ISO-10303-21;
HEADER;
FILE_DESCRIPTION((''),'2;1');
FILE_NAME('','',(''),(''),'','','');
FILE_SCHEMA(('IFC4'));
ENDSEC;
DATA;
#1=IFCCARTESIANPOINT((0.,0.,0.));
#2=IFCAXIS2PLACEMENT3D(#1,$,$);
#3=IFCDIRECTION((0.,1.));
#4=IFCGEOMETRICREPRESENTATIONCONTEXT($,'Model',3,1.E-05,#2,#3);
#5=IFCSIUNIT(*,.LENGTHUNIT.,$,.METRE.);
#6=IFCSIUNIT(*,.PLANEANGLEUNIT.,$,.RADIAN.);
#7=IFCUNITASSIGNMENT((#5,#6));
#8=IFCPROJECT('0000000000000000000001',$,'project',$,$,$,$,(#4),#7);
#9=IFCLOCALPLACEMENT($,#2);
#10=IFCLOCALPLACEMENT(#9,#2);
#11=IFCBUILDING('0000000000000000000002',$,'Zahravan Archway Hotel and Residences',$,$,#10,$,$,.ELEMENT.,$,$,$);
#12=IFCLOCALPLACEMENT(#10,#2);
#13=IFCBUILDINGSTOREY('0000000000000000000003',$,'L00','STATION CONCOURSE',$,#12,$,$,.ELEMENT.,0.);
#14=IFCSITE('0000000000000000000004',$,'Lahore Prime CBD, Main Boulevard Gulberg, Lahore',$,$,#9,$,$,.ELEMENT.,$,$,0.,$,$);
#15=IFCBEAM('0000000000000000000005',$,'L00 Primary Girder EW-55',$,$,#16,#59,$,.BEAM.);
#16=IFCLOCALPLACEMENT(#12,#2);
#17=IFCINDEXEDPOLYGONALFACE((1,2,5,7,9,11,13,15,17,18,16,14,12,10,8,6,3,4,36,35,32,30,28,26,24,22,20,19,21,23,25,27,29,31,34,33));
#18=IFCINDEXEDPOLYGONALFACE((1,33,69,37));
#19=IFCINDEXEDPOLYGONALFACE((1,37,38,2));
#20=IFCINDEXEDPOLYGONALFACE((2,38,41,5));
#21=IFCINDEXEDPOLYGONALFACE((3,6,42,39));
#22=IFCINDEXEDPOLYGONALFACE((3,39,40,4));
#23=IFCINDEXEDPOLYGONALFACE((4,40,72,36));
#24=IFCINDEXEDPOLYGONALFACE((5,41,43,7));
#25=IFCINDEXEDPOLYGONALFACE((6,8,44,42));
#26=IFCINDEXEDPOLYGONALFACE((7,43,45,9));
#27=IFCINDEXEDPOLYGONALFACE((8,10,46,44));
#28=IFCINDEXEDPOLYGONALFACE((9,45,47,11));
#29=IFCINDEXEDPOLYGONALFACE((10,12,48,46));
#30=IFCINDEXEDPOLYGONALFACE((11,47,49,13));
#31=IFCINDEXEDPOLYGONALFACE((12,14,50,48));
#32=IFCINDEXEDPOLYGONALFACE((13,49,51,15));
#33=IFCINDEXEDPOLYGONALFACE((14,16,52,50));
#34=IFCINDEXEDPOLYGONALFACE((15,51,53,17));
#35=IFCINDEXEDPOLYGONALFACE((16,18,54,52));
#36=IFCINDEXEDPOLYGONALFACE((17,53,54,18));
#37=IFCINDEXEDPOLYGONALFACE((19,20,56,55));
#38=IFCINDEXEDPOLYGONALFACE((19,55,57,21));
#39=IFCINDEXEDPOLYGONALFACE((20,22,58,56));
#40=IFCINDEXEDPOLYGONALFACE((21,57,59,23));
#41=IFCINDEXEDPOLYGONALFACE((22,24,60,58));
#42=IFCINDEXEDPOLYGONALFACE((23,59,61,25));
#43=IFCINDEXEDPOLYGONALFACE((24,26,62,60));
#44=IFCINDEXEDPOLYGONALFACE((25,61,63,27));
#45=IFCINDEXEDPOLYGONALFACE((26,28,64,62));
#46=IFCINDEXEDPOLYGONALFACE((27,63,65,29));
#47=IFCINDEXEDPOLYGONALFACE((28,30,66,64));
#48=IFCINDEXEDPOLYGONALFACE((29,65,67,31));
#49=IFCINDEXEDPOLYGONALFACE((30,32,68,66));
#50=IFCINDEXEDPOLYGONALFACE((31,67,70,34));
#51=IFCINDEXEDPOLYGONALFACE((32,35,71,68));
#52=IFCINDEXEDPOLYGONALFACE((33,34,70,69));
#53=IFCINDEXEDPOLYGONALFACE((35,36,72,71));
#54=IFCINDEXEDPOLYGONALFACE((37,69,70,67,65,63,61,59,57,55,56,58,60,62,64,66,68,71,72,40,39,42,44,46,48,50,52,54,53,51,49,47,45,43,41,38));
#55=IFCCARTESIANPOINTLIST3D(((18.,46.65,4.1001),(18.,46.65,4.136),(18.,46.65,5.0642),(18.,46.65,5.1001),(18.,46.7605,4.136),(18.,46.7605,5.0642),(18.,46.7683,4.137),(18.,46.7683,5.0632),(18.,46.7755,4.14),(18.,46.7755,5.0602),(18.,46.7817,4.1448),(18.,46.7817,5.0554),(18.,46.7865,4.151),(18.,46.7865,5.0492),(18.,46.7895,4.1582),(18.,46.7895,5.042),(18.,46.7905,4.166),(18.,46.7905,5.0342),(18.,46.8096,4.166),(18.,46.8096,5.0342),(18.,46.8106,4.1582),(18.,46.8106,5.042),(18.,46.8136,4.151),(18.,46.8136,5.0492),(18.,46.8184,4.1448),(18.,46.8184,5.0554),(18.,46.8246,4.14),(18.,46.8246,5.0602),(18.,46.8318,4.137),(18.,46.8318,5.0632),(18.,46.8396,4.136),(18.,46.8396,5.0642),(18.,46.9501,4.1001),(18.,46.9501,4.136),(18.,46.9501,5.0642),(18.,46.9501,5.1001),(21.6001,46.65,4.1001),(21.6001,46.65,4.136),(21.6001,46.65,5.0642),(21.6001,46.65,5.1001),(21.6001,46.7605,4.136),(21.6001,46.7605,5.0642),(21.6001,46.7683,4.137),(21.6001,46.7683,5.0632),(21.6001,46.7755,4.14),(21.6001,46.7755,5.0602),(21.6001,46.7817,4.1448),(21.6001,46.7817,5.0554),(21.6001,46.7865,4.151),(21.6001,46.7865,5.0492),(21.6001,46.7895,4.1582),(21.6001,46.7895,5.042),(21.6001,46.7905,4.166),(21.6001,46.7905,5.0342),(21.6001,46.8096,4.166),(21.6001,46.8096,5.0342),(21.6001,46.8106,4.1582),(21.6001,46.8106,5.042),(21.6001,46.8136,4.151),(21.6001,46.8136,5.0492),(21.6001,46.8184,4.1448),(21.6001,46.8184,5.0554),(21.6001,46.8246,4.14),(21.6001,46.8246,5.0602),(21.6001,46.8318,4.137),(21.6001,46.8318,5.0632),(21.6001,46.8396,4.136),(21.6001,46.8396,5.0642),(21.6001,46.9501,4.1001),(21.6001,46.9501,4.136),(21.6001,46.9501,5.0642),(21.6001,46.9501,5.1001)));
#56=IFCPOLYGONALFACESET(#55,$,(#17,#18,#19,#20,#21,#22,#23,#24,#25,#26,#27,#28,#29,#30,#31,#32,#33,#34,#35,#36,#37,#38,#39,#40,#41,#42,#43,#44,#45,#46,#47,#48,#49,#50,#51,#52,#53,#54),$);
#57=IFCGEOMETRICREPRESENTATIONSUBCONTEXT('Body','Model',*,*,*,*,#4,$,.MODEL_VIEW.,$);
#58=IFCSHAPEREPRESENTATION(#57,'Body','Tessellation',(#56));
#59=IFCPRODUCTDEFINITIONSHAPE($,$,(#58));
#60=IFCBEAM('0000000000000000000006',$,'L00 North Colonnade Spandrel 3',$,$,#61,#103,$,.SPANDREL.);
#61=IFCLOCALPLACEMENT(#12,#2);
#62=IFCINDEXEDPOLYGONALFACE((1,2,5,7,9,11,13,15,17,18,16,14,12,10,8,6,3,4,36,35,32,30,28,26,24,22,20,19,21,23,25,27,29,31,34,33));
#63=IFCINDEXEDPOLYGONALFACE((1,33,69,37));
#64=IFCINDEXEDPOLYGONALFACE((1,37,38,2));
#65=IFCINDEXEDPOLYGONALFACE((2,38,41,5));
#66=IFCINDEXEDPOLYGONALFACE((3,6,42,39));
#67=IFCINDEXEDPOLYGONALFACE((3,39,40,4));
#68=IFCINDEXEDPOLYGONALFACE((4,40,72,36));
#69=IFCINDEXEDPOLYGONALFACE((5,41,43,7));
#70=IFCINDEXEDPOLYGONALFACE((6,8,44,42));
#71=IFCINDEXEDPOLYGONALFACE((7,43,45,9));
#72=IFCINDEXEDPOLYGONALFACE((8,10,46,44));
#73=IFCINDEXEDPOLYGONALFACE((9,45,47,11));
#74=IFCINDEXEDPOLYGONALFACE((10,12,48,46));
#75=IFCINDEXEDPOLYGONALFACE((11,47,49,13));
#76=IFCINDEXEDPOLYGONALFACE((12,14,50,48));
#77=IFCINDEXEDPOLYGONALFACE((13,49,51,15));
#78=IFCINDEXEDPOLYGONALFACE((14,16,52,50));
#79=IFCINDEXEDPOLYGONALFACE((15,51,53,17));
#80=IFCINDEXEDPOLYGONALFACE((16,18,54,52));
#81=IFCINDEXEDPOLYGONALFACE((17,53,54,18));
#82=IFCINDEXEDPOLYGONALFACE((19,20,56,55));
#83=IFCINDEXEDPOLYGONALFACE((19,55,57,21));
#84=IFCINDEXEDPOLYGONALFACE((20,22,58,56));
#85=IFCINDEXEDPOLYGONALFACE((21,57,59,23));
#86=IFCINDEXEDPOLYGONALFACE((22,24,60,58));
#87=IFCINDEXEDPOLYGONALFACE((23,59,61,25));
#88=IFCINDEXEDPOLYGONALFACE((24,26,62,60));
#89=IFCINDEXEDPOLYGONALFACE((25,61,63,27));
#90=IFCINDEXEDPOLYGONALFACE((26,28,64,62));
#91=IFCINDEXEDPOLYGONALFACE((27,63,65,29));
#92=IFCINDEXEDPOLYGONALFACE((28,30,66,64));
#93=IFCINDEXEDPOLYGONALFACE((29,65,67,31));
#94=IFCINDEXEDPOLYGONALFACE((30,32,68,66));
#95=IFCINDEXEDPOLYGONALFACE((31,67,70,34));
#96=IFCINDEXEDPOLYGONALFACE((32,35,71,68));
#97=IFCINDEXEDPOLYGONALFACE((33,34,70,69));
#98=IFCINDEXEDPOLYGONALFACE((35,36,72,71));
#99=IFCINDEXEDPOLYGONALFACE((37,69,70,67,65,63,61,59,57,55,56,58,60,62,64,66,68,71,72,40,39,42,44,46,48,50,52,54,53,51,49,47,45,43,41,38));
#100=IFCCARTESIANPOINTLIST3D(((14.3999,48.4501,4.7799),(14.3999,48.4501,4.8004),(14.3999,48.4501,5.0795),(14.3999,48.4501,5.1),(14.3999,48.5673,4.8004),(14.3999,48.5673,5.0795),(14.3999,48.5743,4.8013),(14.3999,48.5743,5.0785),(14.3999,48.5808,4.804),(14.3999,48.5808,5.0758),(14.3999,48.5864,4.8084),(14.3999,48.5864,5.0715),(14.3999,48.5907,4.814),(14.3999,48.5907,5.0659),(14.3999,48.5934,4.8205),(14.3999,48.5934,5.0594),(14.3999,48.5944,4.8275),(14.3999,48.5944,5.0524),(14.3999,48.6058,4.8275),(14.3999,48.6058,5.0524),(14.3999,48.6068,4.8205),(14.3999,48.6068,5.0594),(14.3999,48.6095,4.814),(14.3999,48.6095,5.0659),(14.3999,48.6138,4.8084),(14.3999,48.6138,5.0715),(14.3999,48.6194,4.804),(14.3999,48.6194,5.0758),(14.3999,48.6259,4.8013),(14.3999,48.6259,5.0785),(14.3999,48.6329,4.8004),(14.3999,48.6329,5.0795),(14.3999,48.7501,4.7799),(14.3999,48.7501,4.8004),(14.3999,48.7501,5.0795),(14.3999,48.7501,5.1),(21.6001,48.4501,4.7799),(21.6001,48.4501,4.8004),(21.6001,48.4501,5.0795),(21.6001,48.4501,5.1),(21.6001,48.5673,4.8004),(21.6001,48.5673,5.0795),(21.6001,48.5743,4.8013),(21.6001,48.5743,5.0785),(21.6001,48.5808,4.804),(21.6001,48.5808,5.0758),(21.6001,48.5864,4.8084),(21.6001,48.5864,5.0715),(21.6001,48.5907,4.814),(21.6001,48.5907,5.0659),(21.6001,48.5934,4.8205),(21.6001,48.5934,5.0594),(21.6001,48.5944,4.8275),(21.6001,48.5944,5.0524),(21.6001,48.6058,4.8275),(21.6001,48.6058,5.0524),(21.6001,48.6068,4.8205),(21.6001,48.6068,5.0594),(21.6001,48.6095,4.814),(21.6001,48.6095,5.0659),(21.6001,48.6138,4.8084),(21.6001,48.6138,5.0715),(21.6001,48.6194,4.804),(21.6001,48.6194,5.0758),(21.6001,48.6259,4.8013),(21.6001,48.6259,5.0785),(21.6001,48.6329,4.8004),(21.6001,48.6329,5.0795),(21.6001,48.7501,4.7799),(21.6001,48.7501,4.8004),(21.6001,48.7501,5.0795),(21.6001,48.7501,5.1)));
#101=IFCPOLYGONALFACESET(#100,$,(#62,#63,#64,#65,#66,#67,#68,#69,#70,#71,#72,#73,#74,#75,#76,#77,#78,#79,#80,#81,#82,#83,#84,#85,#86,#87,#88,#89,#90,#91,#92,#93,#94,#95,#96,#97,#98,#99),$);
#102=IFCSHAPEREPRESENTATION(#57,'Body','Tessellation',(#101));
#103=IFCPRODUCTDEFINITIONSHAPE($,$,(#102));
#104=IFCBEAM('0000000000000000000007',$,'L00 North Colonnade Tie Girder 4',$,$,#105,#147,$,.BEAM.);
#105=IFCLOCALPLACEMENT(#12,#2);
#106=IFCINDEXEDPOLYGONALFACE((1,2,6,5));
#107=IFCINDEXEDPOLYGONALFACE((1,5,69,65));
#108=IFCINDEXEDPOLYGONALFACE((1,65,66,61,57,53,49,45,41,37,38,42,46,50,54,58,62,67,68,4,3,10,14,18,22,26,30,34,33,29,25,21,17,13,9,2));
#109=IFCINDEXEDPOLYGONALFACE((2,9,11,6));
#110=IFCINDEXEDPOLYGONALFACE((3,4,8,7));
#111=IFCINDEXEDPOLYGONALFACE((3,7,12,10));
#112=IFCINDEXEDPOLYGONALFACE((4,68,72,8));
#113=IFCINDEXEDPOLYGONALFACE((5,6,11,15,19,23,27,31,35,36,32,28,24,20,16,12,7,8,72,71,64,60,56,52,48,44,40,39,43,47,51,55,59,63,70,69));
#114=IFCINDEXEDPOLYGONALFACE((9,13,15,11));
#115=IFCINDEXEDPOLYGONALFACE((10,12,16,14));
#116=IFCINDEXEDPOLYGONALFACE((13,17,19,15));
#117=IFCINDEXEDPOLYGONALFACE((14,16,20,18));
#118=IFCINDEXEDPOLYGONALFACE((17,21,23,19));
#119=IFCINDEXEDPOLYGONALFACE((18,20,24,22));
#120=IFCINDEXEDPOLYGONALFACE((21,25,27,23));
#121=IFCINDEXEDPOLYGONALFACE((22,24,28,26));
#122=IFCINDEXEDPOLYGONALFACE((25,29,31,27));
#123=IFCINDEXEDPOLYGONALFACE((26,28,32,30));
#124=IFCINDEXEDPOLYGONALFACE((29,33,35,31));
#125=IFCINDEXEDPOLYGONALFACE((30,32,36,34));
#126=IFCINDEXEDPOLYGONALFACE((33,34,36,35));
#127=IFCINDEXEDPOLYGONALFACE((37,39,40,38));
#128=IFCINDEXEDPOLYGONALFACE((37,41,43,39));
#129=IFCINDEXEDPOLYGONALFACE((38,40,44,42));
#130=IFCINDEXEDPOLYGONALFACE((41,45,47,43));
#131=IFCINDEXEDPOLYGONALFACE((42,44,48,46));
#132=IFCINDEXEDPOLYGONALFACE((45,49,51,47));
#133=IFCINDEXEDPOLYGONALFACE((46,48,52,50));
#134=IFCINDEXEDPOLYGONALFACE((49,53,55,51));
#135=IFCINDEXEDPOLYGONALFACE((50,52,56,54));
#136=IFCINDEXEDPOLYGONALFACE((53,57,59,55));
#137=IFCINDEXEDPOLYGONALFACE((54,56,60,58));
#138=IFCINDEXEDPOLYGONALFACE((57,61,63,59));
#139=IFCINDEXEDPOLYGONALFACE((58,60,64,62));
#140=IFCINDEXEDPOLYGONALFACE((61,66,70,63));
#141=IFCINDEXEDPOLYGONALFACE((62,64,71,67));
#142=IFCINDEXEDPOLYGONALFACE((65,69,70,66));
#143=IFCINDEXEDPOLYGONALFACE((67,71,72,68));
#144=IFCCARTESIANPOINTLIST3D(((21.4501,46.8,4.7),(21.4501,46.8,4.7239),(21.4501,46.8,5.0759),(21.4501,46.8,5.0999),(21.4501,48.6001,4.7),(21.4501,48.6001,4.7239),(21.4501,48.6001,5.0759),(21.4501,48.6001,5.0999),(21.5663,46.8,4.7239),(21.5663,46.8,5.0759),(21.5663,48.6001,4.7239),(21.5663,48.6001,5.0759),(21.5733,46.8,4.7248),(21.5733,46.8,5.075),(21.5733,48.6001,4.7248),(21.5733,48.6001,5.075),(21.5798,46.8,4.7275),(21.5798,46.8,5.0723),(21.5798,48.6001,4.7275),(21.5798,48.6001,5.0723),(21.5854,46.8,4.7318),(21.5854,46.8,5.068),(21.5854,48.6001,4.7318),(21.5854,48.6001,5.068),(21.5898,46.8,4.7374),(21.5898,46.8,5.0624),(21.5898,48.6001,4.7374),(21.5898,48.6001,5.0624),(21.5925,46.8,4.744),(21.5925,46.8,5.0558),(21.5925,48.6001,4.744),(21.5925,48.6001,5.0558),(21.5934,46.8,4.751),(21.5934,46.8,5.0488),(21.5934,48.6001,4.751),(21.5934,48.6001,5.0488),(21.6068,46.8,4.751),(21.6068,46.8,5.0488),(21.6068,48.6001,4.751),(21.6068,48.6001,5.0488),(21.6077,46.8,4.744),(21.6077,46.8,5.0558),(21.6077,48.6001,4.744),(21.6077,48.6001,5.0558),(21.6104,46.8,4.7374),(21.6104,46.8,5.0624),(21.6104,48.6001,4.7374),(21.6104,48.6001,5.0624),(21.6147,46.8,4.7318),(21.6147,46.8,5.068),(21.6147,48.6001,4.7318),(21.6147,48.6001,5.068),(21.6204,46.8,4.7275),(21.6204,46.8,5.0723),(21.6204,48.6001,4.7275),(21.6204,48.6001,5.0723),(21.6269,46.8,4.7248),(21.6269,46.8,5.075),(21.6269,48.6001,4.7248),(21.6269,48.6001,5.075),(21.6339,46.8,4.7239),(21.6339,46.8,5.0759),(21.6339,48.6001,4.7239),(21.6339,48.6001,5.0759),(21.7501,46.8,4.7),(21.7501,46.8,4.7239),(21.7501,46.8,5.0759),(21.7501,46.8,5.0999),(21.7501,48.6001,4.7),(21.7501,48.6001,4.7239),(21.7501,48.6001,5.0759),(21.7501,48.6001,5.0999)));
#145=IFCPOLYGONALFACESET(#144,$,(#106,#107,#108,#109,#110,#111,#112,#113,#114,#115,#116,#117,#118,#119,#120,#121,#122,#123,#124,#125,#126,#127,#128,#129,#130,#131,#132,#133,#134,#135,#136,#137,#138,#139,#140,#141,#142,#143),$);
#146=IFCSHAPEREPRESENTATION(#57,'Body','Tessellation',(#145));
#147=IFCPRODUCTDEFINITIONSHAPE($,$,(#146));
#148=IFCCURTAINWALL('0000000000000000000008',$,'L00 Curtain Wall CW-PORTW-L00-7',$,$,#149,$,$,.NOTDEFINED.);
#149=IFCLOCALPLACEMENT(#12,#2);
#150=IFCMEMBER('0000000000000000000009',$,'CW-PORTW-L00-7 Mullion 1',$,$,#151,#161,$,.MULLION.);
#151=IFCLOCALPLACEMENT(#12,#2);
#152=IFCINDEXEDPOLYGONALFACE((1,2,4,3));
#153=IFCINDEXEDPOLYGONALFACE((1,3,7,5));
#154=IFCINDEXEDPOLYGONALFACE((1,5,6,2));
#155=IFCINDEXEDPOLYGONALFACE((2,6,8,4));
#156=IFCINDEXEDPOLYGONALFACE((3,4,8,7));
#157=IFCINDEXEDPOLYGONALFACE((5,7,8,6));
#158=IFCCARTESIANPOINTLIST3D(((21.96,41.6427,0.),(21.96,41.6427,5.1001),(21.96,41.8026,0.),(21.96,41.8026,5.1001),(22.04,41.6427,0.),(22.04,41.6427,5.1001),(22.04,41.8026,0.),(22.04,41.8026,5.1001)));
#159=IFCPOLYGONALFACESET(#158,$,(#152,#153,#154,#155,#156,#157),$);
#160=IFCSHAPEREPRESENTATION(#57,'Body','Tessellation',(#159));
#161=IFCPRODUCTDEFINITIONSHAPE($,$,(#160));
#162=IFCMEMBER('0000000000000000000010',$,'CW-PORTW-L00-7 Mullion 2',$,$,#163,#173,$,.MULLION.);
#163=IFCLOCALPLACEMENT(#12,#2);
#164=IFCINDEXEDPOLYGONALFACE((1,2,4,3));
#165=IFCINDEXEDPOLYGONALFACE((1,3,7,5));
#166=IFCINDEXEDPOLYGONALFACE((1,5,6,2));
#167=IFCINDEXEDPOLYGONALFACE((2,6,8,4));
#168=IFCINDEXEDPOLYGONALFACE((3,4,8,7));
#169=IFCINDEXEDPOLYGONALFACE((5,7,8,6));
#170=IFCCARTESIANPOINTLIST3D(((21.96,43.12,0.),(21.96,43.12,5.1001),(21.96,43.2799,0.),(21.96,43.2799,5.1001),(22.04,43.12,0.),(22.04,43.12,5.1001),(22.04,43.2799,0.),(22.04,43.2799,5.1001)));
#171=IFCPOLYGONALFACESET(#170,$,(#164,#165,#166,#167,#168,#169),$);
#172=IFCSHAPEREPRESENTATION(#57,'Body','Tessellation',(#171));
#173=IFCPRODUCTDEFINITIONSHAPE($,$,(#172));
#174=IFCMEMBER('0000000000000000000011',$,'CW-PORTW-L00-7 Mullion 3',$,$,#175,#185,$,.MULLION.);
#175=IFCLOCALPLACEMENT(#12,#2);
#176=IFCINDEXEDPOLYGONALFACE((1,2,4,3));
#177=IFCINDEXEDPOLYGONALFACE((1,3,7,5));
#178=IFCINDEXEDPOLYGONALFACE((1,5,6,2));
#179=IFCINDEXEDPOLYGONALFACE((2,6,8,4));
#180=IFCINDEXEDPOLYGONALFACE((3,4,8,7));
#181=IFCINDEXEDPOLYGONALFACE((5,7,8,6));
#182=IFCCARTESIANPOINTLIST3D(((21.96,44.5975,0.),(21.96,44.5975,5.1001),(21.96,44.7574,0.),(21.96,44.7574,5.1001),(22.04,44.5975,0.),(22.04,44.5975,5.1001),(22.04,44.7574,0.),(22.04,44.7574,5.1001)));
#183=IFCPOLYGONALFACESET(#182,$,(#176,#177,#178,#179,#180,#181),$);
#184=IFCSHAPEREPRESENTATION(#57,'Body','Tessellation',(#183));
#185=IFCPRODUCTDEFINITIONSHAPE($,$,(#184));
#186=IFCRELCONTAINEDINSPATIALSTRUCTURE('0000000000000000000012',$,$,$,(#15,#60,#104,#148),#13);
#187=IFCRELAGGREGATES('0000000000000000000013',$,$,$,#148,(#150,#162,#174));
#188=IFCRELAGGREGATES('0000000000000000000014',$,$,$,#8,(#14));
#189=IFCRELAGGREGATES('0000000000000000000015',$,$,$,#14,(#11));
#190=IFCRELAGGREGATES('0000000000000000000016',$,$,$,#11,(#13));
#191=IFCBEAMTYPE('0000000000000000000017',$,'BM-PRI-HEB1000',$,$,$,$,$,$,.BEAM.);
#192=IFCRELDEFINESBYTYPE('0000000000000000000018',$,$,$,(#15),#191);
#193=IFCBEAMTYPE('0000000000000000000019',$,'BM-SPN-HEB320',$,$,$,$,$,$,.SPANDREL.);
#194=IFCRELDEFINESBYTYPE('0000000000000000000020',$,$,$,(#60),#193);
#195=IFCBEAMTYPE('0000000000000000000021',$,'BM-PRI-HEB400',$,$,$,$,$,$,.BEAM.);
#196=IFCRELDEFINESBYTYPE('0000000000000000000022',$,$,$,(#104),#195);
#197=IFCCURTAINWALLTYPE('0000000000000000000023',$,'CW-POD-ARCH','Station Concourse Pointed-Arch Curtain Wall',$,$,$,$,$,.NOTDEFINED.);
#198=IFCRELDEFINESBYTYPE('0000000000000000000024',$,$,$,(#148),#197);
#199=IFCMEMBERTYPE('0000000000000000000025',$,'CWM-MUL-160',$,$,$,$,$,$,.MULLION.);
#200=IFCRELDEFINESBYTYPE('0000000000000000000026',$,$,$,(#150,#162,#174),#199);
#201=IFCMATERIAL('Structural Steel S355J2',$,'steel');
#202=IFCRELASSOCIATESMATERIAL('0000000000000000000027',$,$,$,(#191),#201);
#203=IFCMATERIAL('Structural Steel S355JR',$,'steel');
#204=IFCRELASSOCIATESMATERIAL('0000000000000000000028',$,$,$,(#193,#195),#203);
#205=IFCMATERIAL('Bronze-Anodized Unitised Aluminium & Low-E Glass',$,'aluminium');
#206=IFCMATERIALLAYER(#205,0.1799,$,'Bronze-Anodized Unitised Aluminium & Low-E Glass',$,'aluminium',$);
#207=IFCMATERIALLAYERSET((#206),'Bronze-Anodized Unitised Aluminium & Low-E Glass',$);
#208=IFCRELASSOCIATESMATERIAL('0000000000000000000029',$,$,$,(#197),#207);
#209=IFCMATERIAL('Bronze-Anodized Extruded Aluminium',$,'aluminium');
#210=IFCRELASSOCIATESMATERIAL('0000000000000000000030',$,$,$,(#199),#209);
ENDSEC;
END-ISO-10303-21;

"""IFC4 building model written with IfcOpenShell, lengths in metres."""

from ifc_helpers import new_model, si_unit, direction, frame, origin, origin_2d, place, context, subcontext, project, spatial, rectangle, i_section, extrude, source, transform, mapped, material, layer, layer_set, material_profile, profile_set, type_object, element, aggregate, save


model = new_model("IFC4")

# Units and contexts
model_context = context("Model", 3, precision=1e-05, world=origin(), true_north=direction((0.0, 1.0)))
body_context = subcontext(model_context, "Body", "Model", "MODEL_VIEW")
ifc_project = project(units=[si_unit("LENGTHUNIT", "METRE"), si_unit("PLANEANGLEUNIT", "RADIAN")], contexts=[model_context])

# Site, building, storey
site_placement = place(None, origin())
site = spatial("IfcSite", under=ifc_project, at=site_placement, Name="Lahore Prime CBD, Main Boulevard Gulberg, Lahore", CompositionType="ELEMENT", RefElevation=0.0)
building_placement = place(site_placement, origin())
building = spatial("IfcBuilding", under=site, at=building_placement, Name="Zahravan Archway Hotel and Residences", CompositionType="ELEMENT")
storey_placement = place(building_placement, origin())
storey = spatial("IfcBuildingStorey", under=building, at=storey_placement, Name="L00", Description="STATION CONCOURSE", CompositionType="ELEMENT", Elevation=0.0)

# Beams
ifc_material_1 = material(Name="Structural Steel S355J2", Category="steel")
ifc_material_profile_1 = material_profile(ifc_material_1, i_section(OverallWidth=0.3, OverallDepth=1.0, WebThickness=0.019, FlangeThickness=0.0359, FilletRadius=0.03, at=origin_2d()), Name="HEB 1000", Category="steel")
ifc_profile_set_1 = profile_set([ifc_material_profile_1], Name="Structural Steel S355J2")
beam_type_1 = type_object("IfcBeamType", Name="BM-PRI-HEB1000", PredefinedType="BEAM", material=ifc_profile_set_1)
shared_shape_1 = source(origin(), body_context, "Body", "SweptSolid", [
    extrude(i_section(OverallWidth=0.3, OverallDepth=1.0, WebThickness=0.019, FlangeThickness=0.0359, FilletRadius=0.03, at=origin_2d()), origin(), (0.0, 0.0, 1.0), 3.6001),
])
beam_1_placement = place(storey_placement, frame((18.0, 46.8, 4.6001), z_axis=(1.0, 0.0, 0.0), x_axis=(0.0, 1.0, 0.0)))
element("IfcBeam", 1, at=beam_1_placement, inside=storey, type_object=beam_type_1, Name="L00 Primary Girder EW-55", PredefinedType="BEAM", context=body_context, shape_type="MappedRepresentation", body=[
    mapped(shared_shape_1, transform((0.0, 0.0, 0.0), scale=1.0)),
])
ifc_material_2 = material(Name="Structural Steel S355JR", Category="steel")
ifc_material_profile_2 = material_profile(ifc_material_2, i_section(OverallWidth=0.3, OverallDepth=0.3201, WebThickness=0.0115, FlangeThickness=0.0205, FilletRadius=0.0271, at=origin_2d()), Name="HEB 320", Category="steel")
ifc_profile_set_2 = profile_set([ifc_material_profile_2], Name="Structural Steel S355JR")
beam_type_2 = type_object("IfcBeamType", Name="BM-SPN-HEB320", PredefinedType="SPANDREL", material=ifc_profile_set_2)
shared_shape_2 = source(origin(), body_context, "Body", "SweptSolid", [
    extrude(i_section(OverallWidth=0.3, OverallDepth=0.3201, WebThickness=0.0115, FlangeThickness=0.0205, FilletRadius=0.0271, at=origin_2d()), origin(), (0.0, 0.0, 1.0), 7.2002),
])
beam_2_placement = place(storey_placement, frame((14.3999, 48.6001, 4.9399), z_axis=(1.0, 0.0, 0.0), x_axis=(0.0, 1.0, 0.0)))
element("IfcBeam", 2, at=beam_2_placement, inside=storey, type_object=beam_type_2, Name="L00 North Colonnade Spandrel 3", PredefinedType="SPANDREL", context=body_context, shape_type="MappedRepresentation", body=[
    mapped(shared_shape_2, transform((0.0, 0.0, 0.0), scale=1.0)),
])
ifc_material_profile_3 = material_profile(ifc_material_2, i_section(OverallWidth=0.3, OverallDepth=0.3999, WebThickness=0.0134, FlangeThickness=0.0239, FilletRadius=0.0271, at=origin_2d()), Name="HEB 400", Category="steel")
ifc_profile_set_3 = profile_set([ifc_material_profile_3], Name="Structural Steel S355JR")
beam_type_3 = type_object("IfcBeamType", Name="BM-PRI-HEB400", PredefinedType="BEAM", material=ifc_profile_set_3)
shared_shape_3 = source(origin(), body_context, "Body", "SweptSolid", [
    extrude(i_section(OverallWidth=0.3, OverallDepth=0.3999, WebThickness=0.0134, FlangeThickness=0.0239, FilletRadius=0.0271, at=origin_2d()), origin(), (0.0, 0.0, 1.0), 1.8),
])
beam_3_placement = place(storey_placement, frame((21.6001, 46.8, 4.8999), z_axis=(0.0, 1.0, 0.0), x_axis=(-1.0, 0.0, 0.0)))
element("IfcBeam", 3, at=beam_3_placement, inside=storey, type_object=beam_type_3, Name="L00 North Colonnade Tie Girder 4", PredefinedType="BEAM", context=body_context, shape_type="MappedRepresentation", body=[
    mapped(shared_shape_3, transform((0.0, 0.0, 0.0), scale=1.0)),
])

# Curtain wall, members
ifc_material_3 = material(Name="Bronze-Anodized Unitised Aluminium & Low-E Glass", Category="aluminium")
ifc_layer_1 = layer(ifc_material_3, 0.1799, Name="Bronze-Anodized Unitised Aluminium & Low-E Glass", Category="aluminium")
ifc_layer_set_1 = layer_set([ifc_layer_1], Name="Bronze-Anodized Unitised Aluminium & Low-E Glass")
curtain_wall_type = type_object("IfcCurtainWallType", Name="CW-POD-ARCH", Description="Station Concourse Pointed-Arch Curtain Wall", PredefinedType="NOTDEFINED", material=ifc_layer_set_1)
curtain_wall_placement = place(storey_placement, origin())
curtain_wall = element("IfcCurtainWall", 4, at=curtain_wall_placement, inside=storey, type_object=curtain_wall_type, Name="L00 Curtain Wall CW-PORTW-L00-7", PredefinedType="NOTDEFINED")
ifc_material_4 = material(Name="Bronze-Anodized Extruded Aluminium", Category="aluminium")
ifc_material_profile_4 = material_profile(ifc_material_4, rectangle(XDim=0.0801, YDim=0.1599, at=origin_2d()), Name="MUL 80x160", Category="aluminium")
ifc_profile_set_4 = profile_set([ifc_material_profile_4], Name="Bronze-Anodized Extruded Aluminium")
member_type_1 = type_object("IfcMemberType", Name="CWM-MUL-160", PredefinedType="MULLION", material=ifc_profile_set_4)
shared_shape_4 = source(origin(), body_context, "Body", "SweptSolid", [
    extrude(rectangle(XDim=0.0801, YDim=0.1599, at=origin_2d()), origin(), (0.0, 0.0, 1.0), 5.1001),
])
member_1_placement = place(storey_placement, frame((22.0, 41.7227, 0.0), z_axis=(0.0, 0.0, 1.0), x_axis=(1.0, 0.0, 0.0)))
member_1 = element("IfcMember", 5, at=member_1_placement, type_object=member_type_1, Name="CW-PORTW-L00-7 Mullion 1", PredefinedType="MULLION", context=body_context, shape_type="MappedRepresentation", body=[
    mapped(shared_shape_4, transform((0.0, 0.0, 0.0), scale=1.0)),
])
member_2_placement = place(storey_placement, frame((22.0, 43.2, 0.0), z_axis=(0.0, 0.0, 1.0), x_axis=(1.0, 0.0, 0.0)))
member_2 = element("IfcMember", 6, at=member_2_placement, type_object=member_type_1, Name="CW-PORTW-L00-7 Mullion 2", PredefinedType="MULLION", context=body_context, shape_type="MappedRepresentation", body=[
    mapped(shared_shape_4, transform((0.0, 0.0, 0.0), scale=1.0)),
])
member_3_placement = place(storey_placement, frame((22.0, 44.6775, 0.0), z_axis=(0.0, 0.0, 1.0), x_axis=(1.0, 0.0, 0.0)))
member_3 = element("IfcMember", 7, at=member_3_placement, type_object=member_type_1, Name="CW-PORTW-L00-7 Mullion 3", PredefinedType="MULLION", context=body_context, shape_type="MappedRepresentation", body=[
    mapped(shared_shape_4, transform((0.0, 0.0, 0.0), scale=1.0)),
])
aggregate(curtain_wall, [member_1, member_2, member_3])

save(model, "model.ifc")
